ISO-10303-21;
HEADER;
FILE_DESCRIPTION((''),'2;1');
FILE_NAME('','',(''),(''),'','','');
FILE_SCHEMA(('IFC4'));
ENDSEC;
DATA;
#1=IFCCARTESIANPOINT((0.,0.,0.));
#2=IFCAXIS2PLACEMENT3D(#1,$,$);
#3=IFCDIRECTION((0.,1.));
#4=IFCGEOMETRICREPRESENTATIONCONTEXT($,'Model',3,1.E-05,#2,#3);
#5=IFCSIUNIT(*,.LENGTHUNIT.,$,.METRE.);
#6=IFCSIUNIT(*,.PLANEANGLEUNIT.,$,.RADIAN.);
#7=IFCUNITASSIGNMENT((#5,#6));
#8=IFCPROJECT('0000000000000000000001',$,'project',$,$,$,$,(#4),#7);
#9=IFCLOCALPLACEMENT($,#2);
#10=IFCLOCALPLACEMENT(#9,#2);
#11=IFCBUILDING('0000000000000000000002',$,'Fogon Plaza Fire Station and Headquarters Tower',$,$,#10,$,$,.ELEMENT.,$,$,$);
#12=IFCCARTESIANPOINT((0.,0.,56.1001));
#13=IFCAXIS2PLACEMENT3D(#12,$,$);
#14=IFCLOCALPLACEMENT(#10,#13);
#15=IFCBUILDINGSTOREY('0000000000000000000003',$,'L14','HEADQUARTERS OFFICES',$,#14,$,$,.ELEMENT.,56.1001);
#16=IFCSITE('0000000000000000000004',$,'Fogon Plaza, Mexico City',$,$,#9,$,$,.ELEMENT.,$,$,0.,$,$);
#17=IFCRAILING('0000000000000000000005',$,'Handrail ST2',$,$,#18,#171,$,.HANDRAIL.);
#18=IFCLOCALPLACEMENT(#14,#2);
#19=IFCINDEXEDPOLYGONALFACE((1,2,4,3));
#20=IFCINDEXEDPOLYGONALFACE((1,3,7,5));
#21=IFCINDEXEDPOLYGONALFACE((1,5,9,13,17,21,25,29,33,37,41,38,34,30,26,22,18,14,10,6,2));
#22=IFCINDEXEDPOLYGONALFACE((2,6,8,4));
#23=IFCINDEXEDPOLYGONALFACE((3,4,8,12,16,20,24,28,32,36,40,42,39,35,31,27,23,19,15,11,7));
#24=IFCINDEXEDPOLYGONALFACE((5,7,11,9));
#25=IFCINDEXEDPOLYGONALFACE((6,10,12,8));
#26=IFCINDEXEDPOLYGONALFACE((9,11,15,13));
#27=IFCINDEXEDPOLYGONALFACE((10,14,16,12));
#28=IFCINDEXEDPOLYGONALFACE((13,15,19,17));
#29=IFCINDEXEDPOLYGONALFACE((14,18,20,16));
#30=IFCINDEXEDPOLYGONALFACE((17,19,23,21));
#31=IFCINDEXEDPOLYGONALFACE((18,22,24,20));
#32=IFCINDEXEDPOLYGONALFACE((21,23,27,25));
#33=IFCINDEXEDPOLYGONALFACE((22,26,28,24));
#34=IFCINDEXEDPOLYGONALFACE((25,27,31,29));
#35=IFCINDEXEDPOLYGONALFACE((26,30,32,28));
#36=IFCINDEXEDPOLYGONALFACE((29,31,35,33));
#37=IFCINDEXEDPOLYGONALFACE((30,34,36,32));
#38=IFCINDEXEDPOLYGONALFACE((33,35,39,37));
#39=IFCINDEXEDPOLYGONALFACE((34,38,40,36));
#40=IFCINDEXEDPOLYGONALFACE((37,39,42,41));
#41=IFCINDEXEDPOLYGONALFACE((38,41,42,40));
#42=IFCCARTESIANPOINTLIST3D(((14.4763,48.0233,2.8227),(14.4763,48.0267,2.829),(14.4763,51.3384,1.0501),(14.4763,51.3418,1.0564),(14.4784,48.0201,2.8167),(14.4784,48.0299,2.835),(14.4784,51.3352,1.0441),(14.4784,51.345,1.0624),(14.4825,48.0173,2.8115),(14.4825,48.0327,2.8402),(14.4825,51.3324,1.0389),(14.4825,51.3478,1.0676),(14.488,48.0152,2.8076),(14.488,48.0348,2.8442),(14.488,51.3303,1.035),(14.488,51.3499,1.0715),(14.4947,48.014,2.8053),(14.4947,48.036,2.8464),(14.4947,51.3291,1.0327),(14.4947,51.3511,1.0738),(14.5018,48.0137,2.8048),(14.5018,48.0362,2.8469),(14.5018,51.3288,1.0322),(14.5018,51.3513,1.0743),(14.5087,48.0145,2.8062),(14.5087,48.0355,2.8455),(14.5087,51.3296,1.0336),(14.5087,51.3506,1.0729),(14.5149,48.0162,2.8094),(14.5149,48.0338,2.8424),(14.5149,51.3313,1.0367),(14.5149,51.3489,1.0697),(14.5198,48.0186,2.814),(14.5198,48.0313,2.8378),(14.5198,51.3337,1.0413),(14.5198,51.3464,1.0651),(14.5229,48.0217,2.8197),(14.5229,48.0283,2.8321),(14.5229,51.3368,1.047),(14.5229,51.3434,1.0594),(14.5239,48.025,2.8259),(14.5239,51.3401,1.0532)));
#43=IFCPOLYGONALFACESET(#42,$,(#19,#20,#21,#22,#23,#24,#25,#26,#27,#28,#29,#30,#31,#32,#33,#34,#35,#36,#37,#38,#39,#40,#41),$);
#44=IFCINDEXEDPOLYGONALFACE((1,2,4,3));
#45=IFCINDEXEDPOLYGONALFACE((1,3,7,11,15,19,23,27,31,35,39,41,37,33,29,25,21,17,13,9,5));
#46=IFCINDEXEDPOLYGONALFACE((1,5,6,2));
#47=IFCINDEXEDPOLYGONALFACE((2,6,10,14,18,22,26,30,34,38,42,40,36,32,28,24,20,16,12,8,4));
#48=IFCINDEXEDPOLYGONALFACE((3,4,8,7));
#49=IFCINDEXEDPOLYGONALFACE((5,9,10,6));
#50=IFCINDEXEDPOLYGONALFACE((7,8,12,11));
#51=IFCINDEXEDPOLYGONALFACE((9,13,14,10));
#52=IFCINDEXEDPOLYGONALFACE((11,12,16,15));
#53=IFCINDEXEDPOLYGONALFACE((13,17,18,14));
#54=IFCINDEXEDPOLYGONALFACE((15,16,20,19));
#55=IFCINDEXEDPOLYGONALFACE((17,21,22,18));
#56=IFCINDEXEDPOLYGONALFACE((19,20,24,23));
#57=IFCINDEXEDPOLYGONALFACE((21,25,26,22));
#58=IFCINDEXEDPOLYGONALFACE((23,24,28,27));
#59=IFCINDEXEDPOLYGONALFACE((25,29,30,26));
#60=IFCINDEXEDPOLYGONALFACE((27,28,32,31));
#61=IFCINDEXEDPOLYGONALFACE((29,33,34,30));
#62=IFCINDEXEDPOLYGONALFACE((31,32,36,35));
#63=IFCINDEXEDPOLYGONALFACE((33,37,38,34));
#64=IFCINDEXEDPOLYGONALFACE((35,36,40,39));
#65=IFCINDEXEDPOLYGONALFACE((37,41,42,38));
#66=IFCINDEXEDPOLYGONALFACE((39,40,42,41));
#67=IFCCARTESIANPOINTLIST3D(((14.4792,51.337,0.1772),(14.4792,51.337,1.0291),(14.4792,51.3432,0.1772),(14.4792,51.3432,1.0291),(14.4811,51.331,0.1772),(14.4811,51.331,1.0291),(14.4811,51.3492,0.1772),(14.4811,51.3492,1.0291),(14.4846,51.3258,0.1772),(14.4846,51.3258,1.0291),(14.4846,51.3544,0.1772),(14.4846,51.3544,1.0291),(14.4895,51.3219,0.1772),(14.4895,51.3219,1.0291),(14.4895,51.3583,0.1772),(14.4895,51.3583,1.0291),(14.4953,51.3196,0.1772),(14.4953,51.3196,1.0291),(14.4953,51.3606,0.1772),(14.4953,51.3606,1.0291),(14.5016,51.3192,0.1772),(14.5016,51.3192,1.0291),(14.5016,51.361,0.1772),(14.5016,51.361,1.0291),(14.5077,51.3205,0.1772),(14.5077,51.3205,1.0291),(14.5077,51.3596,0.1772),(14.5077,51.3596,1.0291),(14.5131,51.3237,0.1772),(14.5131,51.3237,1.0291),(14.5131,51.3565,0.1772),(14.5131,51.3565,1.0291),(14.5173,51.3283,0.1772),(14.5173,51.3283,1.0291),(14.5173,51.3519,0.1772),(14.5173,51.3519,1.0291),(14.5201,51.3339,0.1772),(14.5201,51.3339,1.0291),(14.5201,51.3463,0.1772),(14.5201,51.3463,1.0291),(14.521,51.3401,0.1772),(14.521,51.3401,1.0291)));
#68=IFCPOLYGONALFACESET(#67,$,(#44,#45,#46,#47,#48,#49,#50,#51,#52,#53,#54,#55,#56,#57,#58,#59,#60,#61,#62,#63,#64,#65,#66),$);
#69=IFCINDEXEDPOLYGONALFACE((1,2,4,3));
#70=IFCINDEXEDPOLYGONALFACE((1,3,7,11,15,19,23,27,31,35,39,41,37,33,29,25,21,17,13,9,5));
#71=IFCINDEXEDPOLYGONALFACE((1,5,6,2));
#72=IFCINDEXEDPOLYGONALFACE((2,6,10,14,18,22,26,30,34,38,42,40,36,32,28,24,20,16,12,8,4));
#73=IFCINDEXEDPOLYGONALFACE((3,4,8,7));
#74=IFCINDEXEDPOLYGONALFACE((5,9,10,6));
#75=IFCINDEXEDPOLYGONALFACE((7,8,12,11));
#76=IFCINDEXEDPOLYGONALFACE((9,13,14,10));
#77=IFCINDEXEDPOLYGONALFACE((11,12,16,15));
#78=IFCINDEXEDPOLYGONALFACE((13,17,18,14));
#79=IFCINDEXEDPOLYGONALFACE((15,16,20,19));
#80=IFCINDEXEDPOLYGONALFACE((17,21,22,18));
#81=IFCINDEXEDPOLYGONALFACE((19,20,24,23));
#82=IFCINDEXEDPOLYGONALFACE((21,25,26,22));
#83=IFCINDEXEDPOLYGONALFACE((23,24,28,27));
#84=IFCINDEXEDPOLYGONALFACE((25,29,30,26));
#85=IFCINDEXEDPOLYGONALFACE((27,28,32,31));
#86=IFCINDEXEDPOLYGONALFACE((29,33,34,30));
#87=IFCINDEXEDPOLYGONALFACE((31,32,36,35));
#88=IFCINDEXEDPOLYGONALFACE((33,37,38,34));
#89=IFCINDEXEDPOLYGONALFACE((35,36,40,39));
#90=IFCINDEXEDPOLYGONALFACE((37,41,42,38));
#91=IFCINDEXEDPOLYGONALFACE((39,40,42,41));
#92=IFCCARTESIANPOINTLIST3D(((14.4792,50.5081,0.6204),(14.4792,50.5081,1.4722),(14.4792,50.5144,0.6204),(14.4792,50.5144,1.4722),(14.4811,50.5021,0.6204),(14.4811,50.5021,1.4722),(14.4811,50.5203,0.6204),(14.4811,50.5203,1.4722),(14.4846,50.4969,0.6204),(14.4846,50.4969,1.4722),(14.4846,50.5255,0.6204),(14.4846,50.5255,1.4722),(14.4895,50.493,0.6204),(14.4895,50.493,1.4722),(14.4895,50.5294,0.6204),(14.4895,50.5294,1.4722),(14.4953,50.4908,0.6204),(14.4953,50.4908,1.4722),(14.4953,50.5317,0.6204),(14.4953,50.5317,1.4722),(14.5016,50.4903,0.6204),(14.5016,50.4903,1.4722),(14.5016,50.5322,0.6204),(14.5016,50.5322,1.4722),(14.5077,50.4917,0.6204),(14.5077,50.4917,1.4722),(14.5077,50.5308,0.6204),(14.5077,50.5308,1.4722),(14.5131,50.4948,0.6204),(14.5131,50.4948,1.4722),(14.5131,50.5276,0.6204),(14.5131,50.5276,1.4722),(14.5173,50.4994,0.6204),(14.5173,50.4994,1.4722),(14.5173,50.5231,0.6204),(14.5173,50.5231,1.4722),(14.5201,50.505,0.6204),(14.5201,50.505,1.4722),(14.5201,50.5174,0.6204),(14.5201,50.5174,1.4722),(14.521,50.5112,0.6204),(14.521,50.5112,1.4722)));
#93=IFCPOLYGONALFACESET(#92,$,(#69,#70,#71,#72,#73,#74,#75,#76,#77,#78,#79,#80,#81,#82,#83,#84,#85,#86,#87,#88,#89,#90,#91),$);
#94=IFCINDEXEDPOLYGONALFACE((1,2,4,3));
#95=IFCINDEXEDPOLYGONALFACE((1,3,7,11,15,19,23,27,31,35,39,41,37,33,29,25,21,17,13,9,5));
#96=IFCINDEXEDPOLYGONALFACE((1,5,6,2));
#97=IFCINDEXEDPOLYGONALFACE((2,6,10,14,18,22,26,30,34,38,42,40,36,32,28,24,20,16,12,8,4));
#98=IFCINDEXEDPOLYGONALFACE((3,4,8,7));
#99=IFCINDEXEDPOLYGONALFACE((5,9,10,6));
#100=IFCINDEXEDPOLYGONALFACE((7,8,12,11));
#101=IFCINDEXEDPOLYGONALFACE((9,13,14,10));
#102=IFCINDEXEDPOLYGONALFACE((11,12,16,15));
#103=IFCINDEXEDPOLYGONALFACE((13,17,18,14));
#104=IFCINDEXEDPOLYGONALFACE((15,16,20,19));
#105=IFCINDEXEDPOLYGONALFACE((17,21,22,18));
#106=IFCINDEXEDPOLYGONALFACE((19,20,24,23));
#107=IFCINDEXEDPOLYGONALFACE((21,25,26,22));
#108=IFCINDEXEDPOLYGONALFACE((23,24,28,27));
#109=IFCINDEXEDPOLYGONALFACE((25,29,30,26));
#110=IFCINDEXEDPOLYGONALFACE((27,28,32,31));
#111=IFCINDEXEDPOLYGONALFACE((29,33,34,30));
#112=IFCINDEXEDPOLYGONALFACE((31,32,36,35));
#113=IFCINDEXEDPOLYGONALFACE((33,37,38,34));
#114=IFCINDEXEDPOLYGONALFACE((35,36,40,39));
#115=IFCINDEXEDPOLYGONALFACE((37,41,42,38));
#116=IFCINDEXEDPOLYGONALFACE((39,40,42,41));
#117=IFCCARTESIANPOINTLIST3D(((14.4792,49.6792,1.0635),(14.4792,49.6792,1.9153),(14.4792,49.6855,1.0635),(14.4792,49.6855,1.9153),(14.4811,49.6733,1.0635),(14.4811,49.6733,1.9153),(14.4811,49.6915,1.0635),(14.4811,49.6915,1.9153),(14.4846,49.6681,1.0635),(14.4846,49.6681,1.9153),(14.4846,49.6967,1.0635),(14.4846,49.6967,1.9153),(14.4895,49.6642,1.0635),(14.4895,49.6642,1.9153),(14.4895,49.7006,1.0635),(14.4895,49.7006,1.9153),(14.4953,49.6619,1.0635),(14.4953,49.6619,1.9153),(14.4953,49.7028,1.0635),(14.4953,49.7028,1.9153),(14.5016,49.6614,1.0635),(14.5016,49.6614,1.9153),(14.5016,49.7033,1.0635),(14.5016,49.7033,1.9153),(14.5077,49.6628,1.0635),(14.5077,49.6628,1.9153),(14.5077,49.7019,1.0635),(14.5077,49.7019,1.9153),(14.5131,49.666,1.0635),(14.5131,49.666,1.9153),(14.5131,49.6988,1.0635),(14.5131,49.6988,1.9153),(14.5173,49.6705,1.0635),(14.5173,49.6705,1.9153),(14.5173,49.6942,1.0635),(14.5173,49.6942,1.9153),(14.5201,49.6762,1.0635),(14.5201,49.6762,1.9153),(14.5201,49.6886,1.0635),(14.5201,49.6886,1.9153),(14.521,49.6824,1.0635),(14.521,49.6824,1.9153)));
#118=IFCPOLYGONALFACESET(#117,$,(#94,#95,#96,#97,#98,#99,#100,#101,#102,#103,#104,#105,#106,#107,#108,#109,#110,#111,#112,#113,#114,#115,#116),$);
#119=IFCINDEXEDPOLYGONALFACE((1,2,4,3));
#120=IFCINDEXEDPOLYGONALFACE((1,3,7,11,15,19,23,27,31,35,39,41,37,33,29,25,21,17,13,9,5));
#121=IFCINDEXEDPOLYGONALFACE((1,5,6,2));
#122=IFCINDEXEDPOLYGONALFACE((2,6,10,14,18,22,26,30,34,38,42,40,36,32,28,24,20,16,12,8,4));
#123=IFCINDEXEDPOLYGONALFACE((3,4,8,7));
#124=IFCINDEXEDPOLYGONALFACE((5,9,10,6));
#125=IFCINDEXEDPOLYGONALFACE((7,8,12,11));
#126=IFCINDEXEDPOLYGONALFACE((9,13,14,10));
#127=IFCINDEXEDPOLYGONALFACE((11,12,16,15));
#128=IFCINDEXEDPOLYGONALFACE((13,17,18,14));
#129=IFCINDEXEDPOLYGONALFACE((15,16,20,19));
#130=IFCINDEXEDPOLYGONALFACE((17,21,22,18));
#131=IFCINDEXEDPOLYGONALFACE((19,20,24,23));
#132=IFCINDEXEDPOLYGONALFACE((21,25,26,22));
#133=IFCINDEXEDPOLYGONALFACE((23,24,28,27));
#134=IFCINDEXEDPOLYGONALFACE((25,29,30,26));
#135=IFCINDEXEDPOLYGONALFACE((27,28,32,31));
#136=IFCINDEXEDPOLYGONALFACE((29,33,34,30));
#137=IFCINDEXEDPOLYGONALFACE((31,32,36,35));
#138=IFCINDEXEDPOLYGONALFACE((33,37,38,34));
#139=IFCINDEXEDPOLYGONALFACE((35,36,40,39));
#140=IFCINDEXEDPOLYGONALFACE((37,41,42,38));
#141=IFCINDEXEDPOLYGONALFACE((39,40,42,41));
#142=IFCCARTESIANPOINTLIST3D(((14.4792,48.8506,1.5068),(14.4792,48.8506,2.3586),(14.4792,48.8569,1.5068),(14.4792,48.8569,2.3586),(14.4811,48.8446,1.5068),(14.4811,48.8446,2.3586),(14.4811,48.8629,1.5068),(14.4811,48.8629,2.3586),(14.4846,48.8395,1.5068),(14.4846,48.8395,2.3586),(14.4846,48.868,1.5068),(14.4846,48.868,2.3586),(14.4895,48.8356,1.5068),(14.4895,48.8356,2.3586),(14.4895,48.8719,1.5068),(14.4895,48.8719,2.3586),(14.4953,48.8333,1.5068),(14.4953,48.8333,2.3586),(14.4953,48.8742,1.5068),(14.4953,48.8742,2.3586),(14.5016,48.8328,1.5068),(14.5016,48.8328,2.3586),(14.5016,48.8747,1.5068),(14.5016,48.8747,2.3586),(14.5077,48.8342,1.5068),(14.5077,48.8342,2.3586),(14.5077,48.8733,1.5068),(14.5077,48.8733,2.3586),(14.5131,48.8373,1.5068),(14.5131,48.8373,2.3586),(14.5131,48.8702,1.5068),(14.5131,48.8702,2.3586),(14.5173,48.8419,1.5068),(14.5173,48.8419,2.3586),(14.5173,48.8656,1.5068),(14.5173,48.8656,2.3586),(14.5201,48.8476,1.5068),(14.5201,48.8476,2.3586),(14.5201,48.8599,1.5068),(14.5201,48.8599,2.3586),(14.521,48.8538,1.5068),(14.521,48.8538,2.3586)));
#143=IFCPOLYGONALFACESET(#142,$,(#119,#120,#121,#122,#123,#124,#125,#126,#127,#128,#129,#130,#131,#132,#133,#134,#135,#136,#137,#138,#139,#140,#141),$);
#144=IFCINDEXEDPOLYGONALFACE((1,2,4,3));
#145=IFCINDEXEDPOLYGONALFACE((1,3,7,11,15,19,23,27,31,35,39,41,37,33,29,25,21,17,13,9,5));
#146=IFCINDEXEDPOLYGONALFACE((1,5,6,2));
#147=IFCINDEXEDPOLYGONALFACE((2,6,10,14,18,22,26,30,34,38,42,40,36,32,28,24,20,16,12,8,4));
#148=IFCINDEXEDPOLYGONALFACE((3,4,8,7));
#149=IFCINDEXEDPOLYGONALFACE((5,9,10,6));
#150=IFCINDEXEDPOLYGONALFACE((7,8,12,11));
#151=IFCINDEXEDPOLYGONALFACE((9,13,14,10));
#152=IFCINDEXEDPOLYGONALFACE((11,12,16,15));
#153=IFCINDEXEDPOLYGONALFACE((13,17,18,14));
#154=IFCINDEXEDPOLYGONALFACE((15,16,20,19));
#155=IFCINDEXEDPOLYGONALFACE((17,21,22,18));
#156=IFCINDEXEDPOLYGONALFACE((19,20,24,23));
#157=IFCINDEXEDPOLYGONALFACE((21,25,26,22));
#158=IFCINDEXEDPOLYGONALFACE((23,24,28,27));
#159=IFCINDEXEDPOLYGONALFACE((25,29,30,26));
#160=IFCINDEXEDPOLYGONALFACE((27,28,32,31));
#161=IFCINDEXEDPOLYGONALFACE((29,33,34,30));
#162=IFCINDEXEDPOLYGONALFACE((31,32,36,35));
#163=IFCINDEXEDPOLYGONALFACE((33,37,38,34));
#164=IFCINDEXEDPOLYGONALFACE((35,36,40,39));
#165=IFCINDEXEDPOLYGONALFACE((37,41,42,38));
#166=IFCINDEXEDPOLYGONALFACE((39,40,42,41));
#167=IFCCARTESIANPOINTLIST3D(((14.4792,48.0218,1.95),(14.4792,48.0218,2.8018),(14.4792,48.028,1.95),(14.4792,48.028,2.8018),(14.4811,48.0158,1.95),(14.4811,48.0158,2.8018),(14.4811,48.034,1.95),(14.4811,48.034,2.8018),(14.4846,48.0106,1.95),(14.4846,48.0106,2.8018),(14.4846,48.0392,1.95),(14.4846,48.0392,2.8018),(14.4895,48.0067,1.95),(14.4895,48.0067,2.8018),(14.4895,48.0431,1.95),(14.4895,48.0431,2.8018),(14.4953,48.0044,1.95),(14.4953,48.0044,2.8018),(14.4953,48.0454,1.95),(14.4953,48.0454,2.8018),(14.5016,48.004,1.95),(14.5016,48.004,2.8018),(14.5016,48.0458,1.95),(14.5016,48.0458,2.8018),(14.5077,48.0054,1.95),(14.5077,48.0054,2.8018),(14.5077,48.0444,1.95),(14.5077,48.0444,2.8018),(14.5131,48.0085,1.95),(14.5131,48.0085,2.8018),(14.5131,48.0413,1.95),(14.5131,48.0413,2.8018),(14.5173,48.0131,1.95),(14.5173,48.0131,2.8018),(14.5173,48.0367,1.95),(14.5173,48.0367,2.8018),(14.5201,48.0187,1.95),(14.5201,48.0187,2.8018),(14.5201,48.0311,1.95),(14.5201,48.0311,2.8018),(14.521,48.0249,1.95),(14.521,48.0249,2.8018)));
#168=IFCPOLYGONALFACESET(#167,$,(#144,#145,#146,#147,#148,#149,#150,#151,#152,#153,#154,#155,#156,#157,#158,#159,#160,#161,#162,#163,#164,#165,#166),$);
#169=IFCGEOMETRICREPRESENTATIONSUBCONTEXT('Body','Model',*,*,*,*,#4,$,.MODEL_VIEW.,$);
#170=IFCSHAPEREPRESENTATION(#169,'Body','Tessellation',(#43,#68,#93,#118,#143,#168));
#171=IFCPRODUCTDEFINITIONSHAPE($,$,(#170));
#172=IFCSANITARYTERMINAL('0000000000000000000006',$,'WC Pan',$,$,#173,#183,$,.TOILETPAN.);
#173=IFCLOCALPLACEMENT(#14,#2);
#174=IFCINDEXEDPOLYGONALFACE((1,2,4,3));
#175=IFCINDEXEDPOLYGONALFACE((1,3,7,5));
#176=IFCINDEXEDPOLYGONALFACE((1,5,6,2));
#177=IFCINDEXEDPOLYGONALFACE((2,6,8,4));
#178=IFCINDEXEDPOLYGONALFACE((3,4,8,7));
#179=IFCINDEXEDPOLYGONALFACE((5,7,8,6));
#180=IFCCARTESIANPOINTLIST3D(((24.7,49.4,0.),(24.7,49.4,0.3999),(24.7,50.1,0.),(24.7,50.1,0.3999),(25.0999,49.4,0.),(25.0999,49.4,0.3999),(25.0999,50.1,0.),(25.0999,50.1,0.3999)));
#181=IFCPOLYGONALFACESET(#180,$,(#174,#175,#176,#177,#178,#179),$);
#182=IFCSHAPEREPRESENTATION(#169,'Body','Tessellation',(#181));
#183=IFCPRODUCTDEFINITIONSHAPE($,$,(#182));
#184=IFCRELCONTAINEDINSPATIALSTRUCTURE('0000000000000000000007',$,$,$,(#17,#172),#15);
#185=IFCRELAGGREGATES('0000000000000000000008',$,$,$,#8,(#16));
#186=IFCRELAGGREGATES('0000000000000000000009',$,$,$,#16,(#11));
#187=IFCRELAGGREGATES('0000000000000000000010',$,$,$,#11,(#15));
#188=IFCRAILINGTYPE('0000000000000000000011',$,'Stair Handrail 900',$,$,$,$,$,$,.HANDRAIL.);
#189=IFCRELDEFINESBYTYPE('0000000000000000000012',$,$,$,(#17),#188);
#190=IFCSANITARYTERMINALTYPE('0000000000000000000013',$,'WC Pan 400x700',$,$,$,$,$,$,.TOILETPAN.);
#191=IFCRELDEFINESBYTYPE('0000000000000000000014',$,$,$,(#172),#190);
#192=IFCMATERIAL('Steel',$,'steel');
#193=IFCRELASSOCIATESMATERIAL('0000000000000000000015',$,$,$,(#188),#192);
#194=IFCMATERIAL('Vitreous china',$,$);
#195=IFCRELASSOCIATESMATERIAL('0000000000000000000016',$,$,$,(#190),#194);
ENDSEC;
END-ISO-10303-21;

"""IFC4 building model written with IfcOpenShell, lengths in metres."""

from ifc_helpers import new_model, si_unit, direction, frame, origin, origin_2d, place, context, subcontext, project, spatial, rectangle, circle, extrude, material, type_object, element, save


model = new_model("IFC4")

# Units and contexts
model_context = context("Model", 3, precision=1e-05, world=origin(), true_north=direction((0.0, 1.0)))
body_context = subcontext(model_context, "Body", "Model", "MODEL_VIEW")
ifc_project = project(units=[si_unit("LENGTHUNIT", "METRE"), si_unit("PLANEANGLEUNIT", "RADIAN")], contexts=[model_context])

# Site, building, storey
site_placement = place(None, origin())
site = spatial("IfcSite", under=ifc_project, at=site_placement, Name="Fogon Plaza, Mexico City", CompositionType="ELEMENT", RefElevation=0.0)
building_placement = place(site_placement, origin())
building = spatial("IfcBuilding", under=site, at=building_placement, Name="Fogon Plaza Fire Station and Headquarters Tower", CompositionType="ELEMENT")
storey_placement = place(building_placement, frame((0.0, 0.0, 56.1001)))
storey = spatial("IfcBuildingStorey", under=building, at=storey_placement, Name="L14", Description="HEADQUARTERS OFFICES", CompositionType="ELEMENT", Elevation=56.1001)

# Railing
ifc_material_1 = material(Name="Steel", Category="steel")
railing_type = type_object("IfcRailingType", Name="Stair Handrail 900", PredefinedType="HANDRAIL", material=ifc_material_1)
for number, where, name in (
    (1, (14.5, 51.3401, 0.1772), "Handrail ST2"),
):
    element("IfcRailing", number, at=place(storey_placement, frame(where)), inside=storey, type_object=railing_type, Name=name, PredefinedType="HANDRAIL", context=body_context, shape_type="SweptSolid", body=[
        extrude(circle(Radius=0.0239, at=origin_2d()), frame((0.0, 0.0, 0.876), z_axis=(0.0, -0.881844, 0.471542), x_axis=(1.0, 0.0, 0.0)), (0.0, 0.0, 1.0), 3.7593),
        extrude(circle(Radius=0.021, at=origin_2d()), origin(), (0.0, 0.0, 1.0), 0.8518),
        extrude(circle(Radius=0.021, at=origin_2d()), frame((0.0, -0.8289, 0.4431)), (0.0, 0.0, 1.0), 0.8518),
        extrude(circle(Radius=0.021, at=origin_2d()), frame((0.0, -1.6577, 0.8862)), (0.0, 0.0, 1.0), 0.8518),
        extrude(circle(Radius=0.021, at=origin_2d()), frame((0.0, -2.4863, 1.3296)), (0.0, 0.0, 1.0), 0.8518),
        extrude(circle(Radius=0.021, at=origin_2d()), frame((0.0, -3.3152, 1.7727)), (0.0, 0.0, 1.0), 0.8518),
    ])

# Sanitary terminal
ifc_material_2 = material(Name="Vitreous china")
sanitary_terminal_type = type_object("IfcSanitaryTerminalType", Name="WC Pan 400x700", PredefinedType="TOILETPAN", material=ifc_material_2)
sanitary_terminal_placement = place(storey_placement, frame((24.8999, 49.75, 0.0), z_axis=(0.0, 0.0, 1.0), x_axis=(1.0, 0.0, 0.0)))
element("IfcSanitaryTerminal", 2, at=sanitary_terminal_placement, inside=storey, type_object=sanitary_terminal_type, Name="WC Pan", PredefinedType="TOILETPAN", context=body_context, shape_type="SweptSolid", body=[
    extrude(rectangle(XDim=0.3999, YDim=0.7, at=origin_2d()), origin(), (0.0, 0.0, 1.0), 0.3999),
])

save(model, "model.ifc")
